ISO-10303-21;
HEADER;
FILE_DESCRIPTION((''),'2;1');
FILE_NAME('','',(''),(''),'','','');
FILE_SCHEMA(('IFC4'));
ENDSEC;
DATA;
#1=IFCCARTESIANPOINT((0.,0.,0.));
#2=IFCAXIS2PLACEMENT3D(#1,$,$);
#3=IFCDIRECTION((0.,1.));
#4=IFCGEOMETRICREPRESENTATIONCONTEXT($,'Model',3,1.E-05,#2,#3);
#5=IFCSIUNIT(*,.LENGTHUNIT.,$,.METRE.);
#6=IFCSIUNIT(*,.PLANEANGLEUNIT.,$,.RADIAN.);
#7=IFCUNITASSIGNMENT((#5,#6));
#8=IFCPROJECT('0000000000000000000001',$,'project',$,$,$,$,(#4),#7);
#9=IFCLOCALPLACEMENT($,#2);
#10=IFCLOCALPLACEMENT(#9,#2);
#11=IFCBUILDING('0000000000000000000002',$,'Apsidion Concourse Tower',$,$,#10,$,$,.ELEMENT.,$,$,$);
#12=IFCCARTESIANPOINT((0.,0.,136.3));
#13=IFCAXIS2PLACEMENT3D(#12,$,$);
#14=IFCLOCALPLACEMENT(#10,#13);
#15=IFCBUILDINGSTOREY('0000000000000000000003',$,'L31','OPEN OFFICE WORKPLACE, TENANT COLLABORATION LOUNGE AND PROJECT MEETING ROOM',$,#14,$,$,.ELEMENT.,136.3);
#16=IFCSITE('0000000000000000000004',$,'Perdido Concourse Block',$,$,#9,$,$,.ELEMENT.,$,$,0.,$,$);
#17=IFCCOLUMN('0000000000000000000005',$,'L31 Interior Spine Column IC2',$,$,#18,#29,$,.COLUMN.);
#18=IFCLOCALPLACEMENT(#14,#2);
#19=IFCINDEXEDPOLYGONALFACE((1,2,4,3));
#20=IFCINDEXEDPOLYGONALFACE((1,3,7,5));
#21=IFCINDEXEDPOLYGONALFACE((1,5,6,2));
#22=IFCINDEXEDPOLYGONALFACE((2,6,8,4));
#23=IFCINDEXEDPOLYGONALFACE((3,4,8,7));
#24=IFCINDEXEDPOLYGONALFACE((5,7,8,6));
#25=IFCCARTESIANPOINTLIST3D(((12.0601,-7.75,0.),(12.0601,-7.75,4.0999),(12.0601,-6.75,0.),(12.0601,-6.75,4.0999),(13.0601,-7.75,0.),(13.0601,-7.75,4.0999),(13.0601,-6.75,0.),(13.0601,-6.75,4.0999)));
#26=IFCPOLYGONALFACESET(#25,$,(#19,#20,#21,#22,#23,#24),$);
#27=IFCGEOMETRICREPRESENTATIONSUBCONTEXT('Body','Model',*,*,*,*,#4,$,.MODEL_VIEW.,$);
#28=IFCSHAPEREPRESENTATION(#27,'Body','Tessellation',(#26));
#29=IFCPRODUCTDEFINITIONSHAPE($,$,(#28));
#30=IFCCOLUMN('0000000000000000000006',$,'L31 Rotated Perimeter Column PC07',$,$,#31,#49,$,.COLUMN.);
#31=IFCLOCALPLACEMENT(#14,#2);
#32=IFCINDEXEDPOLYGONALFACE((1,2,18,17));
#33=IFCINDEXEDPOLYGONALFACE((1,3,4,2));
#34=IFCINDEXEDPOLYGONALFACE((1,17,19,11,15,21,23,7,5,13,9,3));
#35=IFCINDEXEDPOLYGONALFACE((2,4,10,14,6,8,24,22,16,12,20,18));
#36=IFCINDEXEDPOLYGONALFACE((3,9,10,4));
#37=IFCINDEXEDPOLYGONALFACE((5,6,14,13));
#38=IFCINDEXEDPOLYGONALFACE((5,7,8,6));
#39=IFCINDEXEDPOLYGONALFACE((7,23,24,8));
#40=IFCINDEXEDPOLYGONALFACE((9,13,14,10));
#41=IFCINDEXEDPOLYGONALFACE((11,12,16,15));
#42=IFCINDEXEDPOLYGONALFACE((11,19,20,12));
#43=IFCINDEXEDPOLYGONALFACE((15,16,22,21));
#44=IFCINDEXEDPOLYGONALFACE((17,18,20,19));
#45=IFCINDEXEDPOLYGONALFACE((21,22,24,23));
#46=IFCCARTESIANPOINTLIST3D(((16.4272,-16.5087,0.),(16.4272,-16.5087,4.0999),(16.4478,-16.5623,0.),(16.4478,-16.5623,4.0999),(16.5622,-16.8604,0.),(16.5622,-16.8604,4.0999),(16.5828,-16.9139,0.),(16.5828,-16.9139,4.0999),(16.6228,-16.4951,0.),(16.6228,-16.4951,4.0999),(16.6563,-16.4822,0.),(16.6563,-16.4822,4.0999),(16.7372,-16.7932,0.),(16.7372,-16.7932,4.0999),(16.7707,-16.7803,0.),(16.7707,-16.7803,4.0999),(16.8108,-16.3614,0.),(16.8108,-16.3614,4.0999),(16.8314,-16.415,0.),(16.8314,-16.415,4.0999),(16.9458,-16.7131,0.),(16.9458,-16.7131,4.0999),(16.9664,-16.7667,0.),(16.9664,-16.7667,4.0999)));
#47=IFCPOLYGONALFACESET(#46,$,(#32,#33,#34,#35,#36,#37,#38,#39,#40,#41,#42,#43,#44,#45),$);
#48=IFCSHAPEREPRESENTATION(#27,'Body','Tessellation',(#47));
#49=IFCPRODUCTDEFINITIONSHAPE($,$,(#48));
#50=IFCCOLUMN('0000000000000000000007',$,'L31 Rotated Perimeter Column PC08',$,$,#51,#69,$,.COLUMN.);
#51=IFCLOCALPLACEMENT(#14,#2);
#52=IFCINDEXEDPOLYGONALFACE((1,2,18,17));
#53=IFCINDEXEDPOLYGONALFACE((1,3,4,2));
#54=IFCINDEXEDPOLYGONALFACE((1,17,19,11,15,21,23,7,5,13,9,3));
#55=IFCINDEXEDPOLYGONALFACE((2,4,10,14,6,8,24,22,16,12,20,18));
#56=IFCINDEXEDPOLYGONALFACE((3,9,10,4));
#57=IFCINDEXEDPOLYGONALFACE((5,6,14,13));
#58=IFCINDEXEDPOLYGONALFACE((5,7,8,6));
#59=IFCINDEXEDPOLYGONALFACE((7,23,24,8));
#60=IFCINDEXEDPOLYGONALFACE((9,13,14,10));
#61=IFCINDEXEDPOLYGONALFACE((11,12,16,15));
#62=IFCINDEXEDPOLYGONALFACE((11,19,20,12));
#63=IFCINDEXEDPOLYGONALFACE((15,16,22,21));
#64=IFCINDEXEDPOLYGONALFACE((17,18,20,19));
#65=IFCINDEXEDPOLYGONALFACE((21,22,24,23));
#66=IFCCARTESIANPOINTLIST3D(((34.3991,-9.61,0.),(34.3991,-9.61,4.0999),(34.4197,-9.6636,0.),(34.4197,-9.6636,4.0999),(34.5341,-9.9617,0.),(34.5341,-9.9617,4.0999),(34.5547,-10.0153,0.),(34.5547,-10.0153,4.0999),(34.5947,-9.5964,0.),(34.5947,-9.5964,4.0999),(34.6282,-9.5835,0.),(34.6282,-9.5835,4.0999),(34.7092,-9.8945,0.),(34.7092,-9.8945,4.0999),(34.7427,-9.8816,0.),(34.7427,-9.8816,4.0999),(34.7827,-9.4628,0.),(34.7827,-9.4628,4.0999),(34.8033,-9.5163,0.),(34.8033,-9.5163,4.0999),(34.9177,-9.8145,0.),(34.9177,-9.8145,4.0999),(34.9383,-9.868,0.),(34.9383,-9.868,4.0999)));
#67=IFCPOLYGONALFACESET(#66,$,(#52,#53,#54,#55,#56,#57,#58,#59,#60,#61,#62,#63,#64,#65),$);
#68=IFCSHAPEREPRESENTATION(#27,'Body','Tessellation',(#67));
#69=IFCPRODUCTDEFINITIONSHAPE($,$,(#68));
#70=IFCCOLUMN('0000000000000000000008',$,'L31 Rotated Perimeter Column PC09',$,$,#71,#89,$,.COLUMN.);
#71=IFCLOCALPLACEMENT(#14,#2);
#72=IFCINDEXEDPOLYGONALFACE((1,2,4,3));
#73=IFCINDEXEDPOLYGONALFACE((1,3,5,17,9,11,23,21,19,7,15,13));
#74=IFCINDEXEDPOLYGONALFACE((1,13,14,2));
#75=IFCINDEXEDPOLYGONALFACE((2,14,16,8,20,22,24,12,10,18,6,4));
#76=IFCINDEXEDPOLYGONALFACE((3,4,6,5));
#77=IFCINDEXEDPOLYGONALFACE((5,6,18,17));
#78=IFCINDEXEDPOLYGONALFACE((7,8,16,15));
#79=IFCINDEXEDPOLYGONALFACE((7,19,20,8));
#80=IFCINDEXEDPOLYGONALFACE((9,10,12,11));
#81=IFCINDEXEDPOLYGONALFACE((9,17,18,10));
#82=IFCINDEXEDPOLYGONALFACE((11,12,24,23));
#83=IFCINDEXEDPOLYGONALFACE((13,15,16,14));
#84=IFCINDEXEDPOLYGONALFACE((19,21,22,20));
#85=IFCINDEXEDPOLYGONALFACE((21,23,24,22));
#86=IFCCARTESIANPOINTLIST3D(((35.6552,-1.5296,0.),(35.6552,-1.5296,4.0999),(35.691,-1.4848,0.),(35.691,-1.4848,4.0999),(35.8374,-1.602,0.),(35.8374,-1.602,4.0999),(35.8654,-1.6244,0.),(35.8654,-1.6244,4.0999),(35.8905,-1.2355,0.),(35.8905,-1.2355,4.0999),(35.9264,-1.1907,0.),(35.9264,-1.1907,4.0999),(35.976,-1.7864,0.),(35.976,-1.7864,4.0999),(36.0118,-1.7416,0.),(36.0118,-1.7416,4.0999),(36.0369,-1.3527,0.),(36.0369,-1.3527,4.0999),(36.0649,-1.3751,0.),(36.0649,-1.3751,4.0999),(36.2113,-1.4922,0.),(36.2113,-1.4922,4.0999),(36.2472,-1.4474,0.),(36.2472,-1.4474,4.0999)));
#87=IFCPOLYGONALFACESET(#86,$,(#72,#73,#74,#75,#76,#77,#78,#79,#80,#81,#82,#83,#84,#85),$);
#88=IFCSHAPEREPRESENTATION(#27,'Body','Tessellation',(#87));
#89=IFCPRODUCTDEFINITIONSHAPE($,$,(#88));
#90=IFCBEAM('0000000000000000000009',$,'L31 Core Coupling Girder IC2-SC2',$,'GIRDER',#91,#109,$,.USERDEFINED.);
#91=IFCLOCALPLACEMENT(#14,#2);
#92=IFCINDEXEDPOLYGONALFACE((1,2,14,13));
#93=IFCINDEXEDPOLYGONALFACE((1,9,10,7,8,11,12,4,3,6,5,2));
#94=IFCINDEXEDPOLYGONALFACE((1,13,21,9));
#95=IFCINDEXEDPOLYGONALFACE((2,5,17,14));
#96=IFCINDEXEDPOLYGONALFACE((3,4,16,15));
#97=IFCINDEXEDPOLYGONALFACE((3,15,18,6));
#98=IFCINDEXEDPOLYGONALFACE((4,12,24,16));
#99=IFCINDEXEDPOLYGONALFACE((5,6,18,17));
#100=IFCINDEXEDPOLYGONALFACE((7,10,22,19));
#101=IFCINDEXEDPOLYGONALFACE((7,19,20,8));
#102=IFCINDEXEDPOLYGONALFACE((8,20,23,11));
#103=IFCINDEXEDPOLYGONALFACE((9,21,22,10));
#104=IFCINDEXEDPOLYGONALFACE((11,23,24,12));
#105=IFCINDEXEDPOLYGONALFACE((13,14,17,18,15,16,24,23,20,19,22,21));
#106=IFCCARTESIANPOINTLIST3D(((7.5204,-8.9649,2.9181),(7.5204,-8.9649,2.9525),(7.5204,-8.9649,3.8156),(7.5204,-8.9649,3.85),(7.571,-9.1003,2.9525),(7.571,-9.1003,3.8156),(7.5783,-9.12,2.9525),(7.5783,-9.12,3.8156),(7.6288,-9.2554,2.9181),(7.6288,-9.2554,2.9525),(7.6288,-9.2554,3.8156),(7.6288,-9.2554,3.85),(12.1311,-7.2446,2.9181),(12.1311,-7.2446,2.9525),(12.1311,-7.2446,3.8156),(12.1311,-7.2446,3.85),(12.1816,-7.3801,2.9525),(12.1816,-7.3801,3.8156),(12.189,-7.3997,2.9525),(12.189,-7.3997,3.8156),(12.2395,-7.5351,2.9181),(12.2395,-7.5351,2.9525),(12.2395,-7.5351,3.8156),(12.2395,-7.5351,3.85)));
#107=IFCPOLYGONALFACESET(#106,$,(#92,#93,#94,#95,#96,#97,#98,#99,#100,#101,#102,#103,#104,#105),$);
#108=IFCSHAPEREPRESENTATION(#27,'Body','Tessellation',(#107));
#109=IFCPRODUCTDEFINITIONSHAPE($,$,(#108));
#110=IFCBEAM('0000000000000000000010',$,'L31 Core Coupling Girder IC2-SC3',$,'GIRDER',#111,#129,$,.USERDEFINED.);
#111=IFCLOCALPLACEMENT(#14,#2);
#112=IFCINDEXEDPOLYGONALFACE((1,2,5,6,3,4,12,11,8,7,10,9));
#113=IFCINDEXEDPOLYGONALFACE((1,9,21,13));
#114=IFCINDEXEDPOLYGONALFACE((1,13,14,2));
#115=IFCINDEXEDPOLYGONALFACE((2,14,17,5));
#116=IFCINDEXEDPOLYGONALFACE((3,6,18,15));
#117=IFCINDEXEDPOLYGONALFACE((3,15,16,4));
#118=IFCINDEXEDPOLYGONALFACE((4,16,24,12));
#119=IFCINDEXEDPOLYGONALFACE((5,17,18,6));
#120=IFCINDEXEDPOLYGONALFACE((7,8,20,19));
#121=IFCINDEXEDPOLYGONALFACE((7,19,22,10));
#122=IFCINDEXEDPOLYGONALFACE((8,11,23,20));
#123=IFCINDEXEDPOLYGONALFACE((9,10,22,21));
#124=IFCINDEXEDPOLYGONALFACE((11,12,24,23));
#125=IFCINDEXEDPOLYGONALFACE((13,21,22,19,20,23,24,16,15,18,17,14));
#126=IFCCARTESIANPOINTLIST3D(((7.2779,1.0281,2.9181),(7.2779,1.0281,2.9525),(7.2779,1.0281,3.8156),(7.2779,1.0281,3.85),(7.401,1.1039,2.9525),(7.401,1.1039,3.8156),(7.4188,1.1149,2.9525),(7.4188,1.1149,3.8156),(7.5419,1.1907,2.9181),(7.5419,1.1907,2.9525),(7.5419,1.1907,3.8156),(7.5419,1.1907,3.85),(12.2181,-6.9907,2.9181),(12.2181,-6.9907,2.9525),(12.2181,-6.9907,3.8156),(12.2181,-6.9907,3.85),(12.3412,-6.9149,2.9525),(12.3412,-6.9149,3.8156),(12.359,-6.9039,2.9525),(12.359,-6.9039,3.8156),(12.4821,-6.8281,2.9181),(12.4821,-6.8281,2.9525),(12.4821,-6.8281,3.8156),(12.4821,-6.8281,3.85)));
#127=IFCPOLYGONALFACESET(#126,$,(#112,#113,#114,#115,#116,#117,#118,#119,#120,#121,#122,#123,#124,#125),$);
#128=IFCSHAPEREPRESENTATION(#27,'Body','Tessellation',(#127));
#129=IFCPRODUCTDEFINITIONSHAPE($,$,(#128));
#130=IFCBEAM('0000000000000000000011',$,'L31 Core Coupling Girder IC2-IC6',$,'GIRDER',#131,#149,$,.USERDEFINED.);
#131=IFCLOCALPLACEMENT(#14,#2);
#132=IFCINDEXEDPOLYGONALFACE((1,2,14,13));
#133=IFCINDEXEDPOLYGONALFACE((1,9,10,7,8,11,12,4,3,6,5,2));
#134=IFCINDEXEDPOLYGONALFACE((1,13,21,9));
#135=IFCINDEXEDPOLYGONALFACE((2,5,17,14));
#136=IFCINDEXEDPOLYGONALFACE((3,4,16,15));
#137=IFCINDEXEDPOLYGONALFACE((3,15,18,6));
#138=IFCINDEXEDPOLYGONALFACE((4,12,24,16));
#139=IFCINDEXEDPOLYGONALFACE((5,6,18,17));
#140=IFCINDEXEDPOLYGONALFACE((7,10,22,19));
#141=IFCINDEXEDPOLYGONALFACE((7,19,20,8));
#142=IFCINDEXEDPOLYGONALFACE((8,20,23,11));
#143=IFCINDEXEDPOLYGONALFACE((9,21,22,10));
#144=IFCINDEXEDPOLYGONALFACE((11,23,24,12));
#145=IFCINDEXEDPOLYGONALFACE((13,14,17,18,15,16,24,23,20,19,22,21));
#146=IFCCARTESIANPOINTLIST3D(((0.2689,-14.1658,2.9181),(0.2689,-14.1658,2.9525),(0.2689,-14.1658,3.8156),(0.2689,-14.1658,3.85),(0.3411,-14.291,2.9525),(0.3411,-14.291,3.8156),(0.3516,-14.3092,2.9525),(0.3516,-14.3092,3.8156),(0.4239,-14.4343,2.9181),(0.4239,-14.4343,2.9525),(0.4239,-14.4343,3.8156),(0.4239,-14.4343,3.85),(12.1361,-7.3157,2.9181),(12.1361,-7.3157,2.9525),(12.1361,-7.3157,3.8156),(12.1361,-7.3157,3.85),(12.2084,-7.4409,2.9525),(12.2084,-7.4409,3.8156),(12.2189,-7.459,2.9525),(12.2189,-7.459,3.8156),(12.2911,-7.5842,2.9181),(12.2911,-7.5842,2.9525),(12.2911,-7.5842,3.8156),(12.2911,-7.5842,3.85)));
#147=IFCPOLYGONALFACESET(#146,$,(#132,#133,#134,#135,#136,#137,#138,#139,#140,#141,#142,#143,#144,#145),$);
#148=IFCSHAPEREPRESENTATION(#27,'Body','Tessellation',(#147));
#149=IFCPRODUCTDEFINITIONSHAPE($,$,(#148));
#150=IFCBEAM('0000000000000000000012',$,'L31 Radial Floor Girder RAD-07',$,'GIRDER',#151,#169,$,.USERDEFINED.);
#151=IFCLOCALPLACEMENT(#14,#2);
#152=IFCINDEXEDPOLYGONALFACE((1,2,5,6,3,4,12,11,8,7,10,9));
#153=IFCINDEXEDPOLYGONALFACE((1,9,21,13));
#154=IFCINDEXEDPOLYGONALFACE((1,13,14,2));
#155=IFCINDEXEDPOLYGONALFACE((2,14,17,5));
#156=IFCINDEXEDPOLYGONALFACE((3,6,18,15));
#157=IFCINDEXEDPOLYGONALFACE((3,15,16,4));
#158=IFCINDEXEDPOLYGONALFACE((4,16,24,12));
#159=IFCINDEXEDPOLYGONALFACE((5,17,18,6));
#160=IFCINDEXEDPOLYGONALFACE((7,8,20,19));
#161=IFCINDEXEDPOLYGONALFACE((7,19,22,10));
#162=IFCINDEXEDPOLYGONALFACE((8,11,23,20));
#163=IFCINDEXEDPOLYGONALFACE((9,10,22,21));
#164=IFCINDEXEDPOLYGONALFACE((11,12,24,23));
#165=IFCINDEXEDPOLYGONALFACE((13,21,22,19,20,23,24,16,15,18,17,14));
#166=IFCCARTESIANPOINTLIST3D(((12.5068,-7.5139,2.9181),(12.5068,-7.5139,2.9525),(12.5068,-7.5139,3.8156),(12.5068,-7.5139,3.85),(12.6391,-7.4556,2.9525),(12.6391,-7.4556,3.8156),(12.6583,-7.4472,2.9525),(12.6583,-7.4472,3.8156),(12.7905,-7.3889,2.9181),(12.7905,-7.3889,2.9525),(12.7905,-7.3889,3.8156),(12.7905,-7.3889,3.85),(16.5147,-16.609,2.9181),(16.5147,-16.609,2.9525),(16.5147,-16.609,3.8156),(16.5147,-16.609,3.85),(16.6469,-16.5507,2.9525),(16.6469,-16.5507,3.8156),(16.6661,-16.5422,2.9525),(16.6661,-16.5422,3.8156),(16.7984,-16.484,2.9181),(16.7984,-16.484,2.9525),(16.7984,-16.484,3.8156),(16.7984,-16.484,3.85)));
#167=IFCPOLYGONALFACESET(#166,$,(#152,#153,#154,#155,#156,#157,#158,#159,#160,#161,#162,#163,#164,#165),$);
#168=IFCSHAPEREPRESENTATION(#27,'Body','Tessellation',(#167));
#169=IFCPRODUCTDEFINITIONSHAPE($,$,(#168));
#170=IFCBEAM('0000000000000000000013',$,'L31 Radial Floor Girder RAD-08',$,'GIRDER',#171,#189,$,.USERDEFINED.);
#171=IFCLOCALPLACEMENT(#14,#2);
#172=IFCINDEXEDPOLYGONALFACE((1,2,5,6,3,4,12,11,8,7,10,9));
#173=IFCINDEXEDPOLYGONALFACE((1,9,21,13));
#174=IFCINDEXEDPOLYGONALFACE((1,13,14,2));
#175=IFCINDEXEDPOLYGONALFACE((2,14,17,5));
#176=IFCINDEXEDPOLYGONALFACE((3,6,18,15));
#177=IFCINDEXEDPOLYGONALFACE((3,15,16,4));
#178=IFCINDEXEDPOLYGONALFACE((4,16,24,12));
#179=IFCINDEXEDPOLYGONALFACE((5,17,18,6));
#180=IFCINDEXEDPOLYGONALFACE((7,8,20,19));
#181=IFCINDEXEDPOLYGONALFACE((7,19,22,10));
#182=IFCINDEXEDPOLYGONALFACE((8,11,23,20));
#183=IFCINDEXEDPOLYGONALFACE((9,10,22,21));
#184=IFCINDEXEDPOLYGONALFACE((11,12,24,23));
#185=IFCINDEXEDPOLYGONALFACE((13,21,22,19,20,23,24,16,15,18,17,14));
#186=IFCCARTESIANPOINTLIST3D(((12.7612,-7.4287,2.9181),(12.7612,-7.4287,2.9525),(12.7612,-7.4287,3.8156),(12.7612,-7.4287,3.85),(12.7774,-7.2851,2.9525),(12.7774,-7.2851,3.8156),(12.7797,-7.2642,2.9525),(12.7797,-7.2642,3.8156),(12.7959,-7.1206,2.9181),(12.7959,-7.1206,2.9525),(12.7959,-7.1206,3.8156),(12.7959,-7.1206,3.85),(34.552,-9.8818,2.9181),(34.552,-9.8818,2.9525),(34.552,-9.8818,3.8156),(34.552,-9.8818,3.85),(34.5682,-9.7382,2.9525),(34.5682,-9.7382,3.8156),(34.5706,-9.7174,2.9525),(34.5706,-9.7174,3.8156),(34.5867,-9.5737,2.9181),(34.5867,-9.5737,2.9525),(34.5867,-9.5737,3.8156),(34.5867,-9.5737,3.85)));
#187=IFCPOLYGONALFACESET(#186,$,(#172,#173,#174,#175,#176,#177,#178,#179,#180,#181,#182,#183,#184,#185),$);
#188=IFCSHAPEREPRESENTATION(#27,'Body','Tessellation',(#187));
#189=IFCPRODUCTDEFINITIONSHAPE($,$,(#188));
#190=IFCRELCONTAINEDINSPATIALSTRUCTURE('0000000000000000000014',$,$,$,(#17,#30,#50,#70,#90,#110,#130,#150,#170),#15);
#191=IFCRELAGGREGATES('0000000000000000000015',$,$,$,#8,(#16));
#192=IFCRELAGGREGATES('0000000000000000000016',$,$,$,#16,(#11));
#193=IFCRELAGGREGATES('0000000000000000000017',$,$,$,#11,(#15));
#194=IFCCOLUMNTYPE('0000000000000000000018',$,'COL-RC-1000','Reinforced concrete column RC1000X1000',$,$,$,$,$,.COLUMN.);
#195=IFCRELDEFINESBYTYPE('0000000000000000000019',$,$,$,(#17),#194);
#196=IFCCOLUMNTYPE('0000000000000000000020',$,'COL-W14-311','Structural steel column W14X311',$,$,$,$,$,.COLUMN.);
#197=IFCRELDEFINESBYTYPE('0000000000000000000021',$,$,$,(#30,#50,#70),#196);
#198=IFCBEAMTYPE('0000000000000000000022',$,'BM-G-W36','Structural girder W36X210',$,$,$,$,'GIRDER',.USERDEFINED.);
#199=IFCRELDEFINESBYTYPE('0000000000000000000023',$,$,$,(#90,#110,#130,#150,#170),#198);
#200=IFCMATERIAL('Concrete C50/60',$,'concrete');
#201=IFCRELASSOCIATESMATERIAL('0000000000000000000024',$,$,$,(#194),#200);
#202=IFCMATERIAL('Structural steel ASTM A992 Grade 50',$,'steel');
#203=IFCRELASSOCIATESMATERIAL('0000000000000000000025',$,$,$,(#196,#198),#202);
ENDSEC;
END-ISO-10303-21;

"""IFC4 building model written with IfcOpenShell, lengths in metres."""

from ifc_helpers import new_model, si_unit, direction, frame, origin, origin_2d, place, context, subcontext, project, spatial, rectangle, i_section, extrude, material, material_profile, profile_set, type_object, element, save


model = new_model("IFC4")

# Units and contexts
model_context = context("Model", 3, precision=1e-05, world=origin(), true_north=direction((0.0, 1.0)))
body_context = subcontext(model_context, "Body", "Model", "MODEL_VIEW")
ifc_project = project(units=[si_unit("LENGTHUNIT", "METRE"), si_unit("PLANEANGLEUNIT", "RADIAN")], contexts=[model_context])

# Site, building, storey
site_placement = place(None, origin())
site = spatial("IfcSite", under=ifc_project, at=site_placement, Name="Perdido Concourse Block", CompositionType="ELEMENT", RefElevation=0.0)
building_placement = place(site_placement, origin())
building = spatial("IfcBuilding", under=site, at=building_placement, Name="Apsidion Concourse Tower", CompositionType="ELEMENT")
storey_placement = place(building_placement, frame((0.0, 0.0, 136.3)))
storey = spatial("IfcBuildingStorey", under=building, at=storey_placement, Name="L31", Description="OPEN OFFICE WORKPLACE, TENANT COLLABORATION LOUNGE AND PROJECT MEETING ROOM", CompositionType="ELEMENT", Elevation=136.3)

# Columns
ifc_material_1 = material(Name="Concrete C50/60", Category="concrete")
ifc_material_profile_1 = material_profile(ifc_material_1, rectangle(XDim=1.0, YDim=1.0, at=origin_2d()), Name="RC 1000x1000")
ifc_profile_set_1 = profile_set([ifc_material_profile_1], Name="Concrete C50/60")
column_type_1 = type_object("IfcColumnType", Name="COL-RC-1000", Description="Reinforced concrete column RC1000X1000", PredefinedType="COLUMN", material=ifc_profile_set_1)
column_placement = place(storey_placement, frame((12.5601, -7.25, 0.0), z_axis=(0.0, 0.0, 1.0), x_axis=(1.0, 0.0, 0.0)))
element("IfcColumn", 1, at=column_placement, inside=storey, type_object=column_type_1, Name="L31 Interior Spine Column IC2", PredefinedType="COLUMN", context=body_context, shape_type="SweptSolid", body=[
    extrude(rectangle(XDim=1.0, YDim=1.0, at=origin_2d()), origin(), (0.0, 0.0, 1.0), 4.0999),
])
ifc_material_2 = material(Name="Structural steel ASTM A992 Grade 50", Category="steel")
ifc_material_profile_2 = material_profile(ifc_material_2, i_section(OverallWidth=0.4109, OverallDepth=0.4341, WebThickness=0.0359, FlangeThickness=0.0574, at=origin_2d()), Name="W14X311")
ifc_profile_set_2 = profile_set([ifc_material_profile_2], Name="Structural steel ASTM A992 Grade 50")
column_type_2 = type_object("IfcColumnType", Name="COL-W14-311", Description="Structural steel column W14X311", PredefinedType="COLUMN", material=ifc_profile_set_2)
for number, where, z_axis, x_axis, name in (
    (2, (16.6968, -16.6377, 0.0), (0.0, 0.0, 1.0), (0.93358, 0.358368, 0.0), "L31 Rotated Perimeter Column PC07"),
    (3, (34.6687, -9.739, 0.0), (0.0, 0.0, 1.0), (0.93358, 0.358368, 0.0), "L31 Rotated Perimeter Column PC08"),
    (4, (35.9512, -1.4885, 0.0), (0.0, 0.0, 1.0), (-0.780758, 0.624834, 0.0), "L31 Rotated Perimeter Column PC09"),
):
    element("IfcColumn", number, at=place(storey_placement, frame(where, z_axis=z_axis, x_axis=x_axis)), inside=storey, type_object=column_type_2, Name=name, PredefinedType="COLUMN", context=body_context, shape_type="SweptSolid", body=[
        extrude(i_section(OverallWidth=0.4109, OverallDepth=0.4341, WebThickness=0.0359, FlangeThickness=0.0574, at=origin_2d()), origin(), (0.0, 0.0, 1.0), 4.0999),
    ])

# Beams
ifc_material_profile_3 = material_profile(ifc_material_2, i_section(OverallWidth=0.3101, OverallDepth=0.9319, WebThickness=0.021, FlangeThickness=0.0344, at=origin_2d()), Name="W36X210")
ifc_profile_set_3 = profile_set([ifc_material_profile_3], Name="Structural steel ASTM A992 Grade 50")
beam_type_1 = type_object("IfcBeamType", Name="BM-G-W36", Description="Structural girder W36X210", ElementType="GIRDER", PredefinedType="USERDEFINED", material=ifc_profile_set_3)
beam_1_placement = place(storey_placement, frame((12.1853, -7.3899, 3.384), z_axis=(-0.936913, -0.349563, 0.0), x_axis=(0.349563, -0.936913, 0.0)))
element("IfcBeam", 5, at=beam_1_placement, inside=storey, type_object=beam_type_1, Name="L31 Core Coupling Girder IC2-SC2", ObjectType="GIRDER", PredefinedType="USERDEFINED", context=body_context, shape_type="SweptSolid", body=[
    extrude(i_section(OverallWidth=0.3101, OverallDepth=0.9319, WebThickness=0.021, FlangeThickness=0.0344, at=origin_2d()), origin(), (0.0, 0.0, 1.0), 4.9211),
])
beam_2_placement = place(storey_placement, frame((12.3501, -6.9094, 3.384), z_axis=(-0.524524, 0.851396, 0.0), x_axis=(-0.851396, -0.524524, 0.0)))
element("IfcBeam", 6, at=beam_2_placement, inside=storey, type_object=beam_type_1, Name="L31 Core Coupling Girder IC2-SC3", ObjectType="GIRDER", PredefinedType="USERDEFINED", context=body_context, shape_type="SweptSolid", body=[
    extrude(i_section(OverallWidth=0.3101, OverallDepth=0.9319, WebThickness=0.021, FlangeThickness=0.0344, at=origin_2d()), origin(), (0.0, 0.0, 1.0), 9.4185),
])
beam_3_placement = place(storey_placement, frame((12.2136, -7.45, 3.384), z_axis=(-0.86607, -0.499922, 0.0), x_axis=(0.499922, -0.86607, 0.0)))
element("IfcBeam", 7, at=beam_3_placement, inside=storey, type_object=beam_type_1, Name="L31 Core Coupling Girder IC2-IC6", ObjectType="GIRDER", PredefinedType="USERDEFINED", context=body_context, shape_type="SweptSolid", body=[
    extrude(i_section(OverallWidth=0.3101, OverallDepth=0.9319, WebThickness=0.021, FlangeThickness=0.0344, at=origin_2d()), origin(), (0.0, 0.0, 1.0), 13.7024),
])
beam_4_placement = place(storey_placement, frame((12.6487, -7.4514, 3.384), z_axis=(0.403246, -0.915091, 0.0), x_axis=(0.915091, 0.403246, 0.0)))
element("IfcBeam", 8, at=beam_4_placement, inside=storey, type_object=beam_type_1, Name="L31 Radial Floor Girder RAD-07", ObjectType="GIRDER", PredefinedType="USERDEFINED", context=body_context, shape_type="SweptSolid", body=[
    extrude(i_section(OverallWidth=0.3101, OverallDepth=0.9319, WebThickness=0.021, FlangeThickness=0.0344, at=origin_2d()), origin(), (0.0, 0.0, 1.0), 9.939),
])
beam_5_placement = place(storey_placement, frame((12.7786, -7.2747, 3.384), z_axis=(0.993723, -0.11187, 0.0), x_axis=(0.11187, 0.993723, 0.0)))
element("IfcBeam", 9, at=beam_5_placement, inside=storey, type_object=beam_type_1, Name="L31 Radial Floor Girder RAD-08", ObjectType="GIRDER", PredefinedType="USERDEFINED", context=body_context, shape_type="SweptSolid", body=[
    extrude(i_section(OverallWidth=0.3101, OverallDepth=0.9319, WebThickness=0.021, FlangeThickness=0.0344, at=origin_2d()), origin(), (0.0, 0.0, 1.0), 21.9285),
])

save(model, "model.ifc")
